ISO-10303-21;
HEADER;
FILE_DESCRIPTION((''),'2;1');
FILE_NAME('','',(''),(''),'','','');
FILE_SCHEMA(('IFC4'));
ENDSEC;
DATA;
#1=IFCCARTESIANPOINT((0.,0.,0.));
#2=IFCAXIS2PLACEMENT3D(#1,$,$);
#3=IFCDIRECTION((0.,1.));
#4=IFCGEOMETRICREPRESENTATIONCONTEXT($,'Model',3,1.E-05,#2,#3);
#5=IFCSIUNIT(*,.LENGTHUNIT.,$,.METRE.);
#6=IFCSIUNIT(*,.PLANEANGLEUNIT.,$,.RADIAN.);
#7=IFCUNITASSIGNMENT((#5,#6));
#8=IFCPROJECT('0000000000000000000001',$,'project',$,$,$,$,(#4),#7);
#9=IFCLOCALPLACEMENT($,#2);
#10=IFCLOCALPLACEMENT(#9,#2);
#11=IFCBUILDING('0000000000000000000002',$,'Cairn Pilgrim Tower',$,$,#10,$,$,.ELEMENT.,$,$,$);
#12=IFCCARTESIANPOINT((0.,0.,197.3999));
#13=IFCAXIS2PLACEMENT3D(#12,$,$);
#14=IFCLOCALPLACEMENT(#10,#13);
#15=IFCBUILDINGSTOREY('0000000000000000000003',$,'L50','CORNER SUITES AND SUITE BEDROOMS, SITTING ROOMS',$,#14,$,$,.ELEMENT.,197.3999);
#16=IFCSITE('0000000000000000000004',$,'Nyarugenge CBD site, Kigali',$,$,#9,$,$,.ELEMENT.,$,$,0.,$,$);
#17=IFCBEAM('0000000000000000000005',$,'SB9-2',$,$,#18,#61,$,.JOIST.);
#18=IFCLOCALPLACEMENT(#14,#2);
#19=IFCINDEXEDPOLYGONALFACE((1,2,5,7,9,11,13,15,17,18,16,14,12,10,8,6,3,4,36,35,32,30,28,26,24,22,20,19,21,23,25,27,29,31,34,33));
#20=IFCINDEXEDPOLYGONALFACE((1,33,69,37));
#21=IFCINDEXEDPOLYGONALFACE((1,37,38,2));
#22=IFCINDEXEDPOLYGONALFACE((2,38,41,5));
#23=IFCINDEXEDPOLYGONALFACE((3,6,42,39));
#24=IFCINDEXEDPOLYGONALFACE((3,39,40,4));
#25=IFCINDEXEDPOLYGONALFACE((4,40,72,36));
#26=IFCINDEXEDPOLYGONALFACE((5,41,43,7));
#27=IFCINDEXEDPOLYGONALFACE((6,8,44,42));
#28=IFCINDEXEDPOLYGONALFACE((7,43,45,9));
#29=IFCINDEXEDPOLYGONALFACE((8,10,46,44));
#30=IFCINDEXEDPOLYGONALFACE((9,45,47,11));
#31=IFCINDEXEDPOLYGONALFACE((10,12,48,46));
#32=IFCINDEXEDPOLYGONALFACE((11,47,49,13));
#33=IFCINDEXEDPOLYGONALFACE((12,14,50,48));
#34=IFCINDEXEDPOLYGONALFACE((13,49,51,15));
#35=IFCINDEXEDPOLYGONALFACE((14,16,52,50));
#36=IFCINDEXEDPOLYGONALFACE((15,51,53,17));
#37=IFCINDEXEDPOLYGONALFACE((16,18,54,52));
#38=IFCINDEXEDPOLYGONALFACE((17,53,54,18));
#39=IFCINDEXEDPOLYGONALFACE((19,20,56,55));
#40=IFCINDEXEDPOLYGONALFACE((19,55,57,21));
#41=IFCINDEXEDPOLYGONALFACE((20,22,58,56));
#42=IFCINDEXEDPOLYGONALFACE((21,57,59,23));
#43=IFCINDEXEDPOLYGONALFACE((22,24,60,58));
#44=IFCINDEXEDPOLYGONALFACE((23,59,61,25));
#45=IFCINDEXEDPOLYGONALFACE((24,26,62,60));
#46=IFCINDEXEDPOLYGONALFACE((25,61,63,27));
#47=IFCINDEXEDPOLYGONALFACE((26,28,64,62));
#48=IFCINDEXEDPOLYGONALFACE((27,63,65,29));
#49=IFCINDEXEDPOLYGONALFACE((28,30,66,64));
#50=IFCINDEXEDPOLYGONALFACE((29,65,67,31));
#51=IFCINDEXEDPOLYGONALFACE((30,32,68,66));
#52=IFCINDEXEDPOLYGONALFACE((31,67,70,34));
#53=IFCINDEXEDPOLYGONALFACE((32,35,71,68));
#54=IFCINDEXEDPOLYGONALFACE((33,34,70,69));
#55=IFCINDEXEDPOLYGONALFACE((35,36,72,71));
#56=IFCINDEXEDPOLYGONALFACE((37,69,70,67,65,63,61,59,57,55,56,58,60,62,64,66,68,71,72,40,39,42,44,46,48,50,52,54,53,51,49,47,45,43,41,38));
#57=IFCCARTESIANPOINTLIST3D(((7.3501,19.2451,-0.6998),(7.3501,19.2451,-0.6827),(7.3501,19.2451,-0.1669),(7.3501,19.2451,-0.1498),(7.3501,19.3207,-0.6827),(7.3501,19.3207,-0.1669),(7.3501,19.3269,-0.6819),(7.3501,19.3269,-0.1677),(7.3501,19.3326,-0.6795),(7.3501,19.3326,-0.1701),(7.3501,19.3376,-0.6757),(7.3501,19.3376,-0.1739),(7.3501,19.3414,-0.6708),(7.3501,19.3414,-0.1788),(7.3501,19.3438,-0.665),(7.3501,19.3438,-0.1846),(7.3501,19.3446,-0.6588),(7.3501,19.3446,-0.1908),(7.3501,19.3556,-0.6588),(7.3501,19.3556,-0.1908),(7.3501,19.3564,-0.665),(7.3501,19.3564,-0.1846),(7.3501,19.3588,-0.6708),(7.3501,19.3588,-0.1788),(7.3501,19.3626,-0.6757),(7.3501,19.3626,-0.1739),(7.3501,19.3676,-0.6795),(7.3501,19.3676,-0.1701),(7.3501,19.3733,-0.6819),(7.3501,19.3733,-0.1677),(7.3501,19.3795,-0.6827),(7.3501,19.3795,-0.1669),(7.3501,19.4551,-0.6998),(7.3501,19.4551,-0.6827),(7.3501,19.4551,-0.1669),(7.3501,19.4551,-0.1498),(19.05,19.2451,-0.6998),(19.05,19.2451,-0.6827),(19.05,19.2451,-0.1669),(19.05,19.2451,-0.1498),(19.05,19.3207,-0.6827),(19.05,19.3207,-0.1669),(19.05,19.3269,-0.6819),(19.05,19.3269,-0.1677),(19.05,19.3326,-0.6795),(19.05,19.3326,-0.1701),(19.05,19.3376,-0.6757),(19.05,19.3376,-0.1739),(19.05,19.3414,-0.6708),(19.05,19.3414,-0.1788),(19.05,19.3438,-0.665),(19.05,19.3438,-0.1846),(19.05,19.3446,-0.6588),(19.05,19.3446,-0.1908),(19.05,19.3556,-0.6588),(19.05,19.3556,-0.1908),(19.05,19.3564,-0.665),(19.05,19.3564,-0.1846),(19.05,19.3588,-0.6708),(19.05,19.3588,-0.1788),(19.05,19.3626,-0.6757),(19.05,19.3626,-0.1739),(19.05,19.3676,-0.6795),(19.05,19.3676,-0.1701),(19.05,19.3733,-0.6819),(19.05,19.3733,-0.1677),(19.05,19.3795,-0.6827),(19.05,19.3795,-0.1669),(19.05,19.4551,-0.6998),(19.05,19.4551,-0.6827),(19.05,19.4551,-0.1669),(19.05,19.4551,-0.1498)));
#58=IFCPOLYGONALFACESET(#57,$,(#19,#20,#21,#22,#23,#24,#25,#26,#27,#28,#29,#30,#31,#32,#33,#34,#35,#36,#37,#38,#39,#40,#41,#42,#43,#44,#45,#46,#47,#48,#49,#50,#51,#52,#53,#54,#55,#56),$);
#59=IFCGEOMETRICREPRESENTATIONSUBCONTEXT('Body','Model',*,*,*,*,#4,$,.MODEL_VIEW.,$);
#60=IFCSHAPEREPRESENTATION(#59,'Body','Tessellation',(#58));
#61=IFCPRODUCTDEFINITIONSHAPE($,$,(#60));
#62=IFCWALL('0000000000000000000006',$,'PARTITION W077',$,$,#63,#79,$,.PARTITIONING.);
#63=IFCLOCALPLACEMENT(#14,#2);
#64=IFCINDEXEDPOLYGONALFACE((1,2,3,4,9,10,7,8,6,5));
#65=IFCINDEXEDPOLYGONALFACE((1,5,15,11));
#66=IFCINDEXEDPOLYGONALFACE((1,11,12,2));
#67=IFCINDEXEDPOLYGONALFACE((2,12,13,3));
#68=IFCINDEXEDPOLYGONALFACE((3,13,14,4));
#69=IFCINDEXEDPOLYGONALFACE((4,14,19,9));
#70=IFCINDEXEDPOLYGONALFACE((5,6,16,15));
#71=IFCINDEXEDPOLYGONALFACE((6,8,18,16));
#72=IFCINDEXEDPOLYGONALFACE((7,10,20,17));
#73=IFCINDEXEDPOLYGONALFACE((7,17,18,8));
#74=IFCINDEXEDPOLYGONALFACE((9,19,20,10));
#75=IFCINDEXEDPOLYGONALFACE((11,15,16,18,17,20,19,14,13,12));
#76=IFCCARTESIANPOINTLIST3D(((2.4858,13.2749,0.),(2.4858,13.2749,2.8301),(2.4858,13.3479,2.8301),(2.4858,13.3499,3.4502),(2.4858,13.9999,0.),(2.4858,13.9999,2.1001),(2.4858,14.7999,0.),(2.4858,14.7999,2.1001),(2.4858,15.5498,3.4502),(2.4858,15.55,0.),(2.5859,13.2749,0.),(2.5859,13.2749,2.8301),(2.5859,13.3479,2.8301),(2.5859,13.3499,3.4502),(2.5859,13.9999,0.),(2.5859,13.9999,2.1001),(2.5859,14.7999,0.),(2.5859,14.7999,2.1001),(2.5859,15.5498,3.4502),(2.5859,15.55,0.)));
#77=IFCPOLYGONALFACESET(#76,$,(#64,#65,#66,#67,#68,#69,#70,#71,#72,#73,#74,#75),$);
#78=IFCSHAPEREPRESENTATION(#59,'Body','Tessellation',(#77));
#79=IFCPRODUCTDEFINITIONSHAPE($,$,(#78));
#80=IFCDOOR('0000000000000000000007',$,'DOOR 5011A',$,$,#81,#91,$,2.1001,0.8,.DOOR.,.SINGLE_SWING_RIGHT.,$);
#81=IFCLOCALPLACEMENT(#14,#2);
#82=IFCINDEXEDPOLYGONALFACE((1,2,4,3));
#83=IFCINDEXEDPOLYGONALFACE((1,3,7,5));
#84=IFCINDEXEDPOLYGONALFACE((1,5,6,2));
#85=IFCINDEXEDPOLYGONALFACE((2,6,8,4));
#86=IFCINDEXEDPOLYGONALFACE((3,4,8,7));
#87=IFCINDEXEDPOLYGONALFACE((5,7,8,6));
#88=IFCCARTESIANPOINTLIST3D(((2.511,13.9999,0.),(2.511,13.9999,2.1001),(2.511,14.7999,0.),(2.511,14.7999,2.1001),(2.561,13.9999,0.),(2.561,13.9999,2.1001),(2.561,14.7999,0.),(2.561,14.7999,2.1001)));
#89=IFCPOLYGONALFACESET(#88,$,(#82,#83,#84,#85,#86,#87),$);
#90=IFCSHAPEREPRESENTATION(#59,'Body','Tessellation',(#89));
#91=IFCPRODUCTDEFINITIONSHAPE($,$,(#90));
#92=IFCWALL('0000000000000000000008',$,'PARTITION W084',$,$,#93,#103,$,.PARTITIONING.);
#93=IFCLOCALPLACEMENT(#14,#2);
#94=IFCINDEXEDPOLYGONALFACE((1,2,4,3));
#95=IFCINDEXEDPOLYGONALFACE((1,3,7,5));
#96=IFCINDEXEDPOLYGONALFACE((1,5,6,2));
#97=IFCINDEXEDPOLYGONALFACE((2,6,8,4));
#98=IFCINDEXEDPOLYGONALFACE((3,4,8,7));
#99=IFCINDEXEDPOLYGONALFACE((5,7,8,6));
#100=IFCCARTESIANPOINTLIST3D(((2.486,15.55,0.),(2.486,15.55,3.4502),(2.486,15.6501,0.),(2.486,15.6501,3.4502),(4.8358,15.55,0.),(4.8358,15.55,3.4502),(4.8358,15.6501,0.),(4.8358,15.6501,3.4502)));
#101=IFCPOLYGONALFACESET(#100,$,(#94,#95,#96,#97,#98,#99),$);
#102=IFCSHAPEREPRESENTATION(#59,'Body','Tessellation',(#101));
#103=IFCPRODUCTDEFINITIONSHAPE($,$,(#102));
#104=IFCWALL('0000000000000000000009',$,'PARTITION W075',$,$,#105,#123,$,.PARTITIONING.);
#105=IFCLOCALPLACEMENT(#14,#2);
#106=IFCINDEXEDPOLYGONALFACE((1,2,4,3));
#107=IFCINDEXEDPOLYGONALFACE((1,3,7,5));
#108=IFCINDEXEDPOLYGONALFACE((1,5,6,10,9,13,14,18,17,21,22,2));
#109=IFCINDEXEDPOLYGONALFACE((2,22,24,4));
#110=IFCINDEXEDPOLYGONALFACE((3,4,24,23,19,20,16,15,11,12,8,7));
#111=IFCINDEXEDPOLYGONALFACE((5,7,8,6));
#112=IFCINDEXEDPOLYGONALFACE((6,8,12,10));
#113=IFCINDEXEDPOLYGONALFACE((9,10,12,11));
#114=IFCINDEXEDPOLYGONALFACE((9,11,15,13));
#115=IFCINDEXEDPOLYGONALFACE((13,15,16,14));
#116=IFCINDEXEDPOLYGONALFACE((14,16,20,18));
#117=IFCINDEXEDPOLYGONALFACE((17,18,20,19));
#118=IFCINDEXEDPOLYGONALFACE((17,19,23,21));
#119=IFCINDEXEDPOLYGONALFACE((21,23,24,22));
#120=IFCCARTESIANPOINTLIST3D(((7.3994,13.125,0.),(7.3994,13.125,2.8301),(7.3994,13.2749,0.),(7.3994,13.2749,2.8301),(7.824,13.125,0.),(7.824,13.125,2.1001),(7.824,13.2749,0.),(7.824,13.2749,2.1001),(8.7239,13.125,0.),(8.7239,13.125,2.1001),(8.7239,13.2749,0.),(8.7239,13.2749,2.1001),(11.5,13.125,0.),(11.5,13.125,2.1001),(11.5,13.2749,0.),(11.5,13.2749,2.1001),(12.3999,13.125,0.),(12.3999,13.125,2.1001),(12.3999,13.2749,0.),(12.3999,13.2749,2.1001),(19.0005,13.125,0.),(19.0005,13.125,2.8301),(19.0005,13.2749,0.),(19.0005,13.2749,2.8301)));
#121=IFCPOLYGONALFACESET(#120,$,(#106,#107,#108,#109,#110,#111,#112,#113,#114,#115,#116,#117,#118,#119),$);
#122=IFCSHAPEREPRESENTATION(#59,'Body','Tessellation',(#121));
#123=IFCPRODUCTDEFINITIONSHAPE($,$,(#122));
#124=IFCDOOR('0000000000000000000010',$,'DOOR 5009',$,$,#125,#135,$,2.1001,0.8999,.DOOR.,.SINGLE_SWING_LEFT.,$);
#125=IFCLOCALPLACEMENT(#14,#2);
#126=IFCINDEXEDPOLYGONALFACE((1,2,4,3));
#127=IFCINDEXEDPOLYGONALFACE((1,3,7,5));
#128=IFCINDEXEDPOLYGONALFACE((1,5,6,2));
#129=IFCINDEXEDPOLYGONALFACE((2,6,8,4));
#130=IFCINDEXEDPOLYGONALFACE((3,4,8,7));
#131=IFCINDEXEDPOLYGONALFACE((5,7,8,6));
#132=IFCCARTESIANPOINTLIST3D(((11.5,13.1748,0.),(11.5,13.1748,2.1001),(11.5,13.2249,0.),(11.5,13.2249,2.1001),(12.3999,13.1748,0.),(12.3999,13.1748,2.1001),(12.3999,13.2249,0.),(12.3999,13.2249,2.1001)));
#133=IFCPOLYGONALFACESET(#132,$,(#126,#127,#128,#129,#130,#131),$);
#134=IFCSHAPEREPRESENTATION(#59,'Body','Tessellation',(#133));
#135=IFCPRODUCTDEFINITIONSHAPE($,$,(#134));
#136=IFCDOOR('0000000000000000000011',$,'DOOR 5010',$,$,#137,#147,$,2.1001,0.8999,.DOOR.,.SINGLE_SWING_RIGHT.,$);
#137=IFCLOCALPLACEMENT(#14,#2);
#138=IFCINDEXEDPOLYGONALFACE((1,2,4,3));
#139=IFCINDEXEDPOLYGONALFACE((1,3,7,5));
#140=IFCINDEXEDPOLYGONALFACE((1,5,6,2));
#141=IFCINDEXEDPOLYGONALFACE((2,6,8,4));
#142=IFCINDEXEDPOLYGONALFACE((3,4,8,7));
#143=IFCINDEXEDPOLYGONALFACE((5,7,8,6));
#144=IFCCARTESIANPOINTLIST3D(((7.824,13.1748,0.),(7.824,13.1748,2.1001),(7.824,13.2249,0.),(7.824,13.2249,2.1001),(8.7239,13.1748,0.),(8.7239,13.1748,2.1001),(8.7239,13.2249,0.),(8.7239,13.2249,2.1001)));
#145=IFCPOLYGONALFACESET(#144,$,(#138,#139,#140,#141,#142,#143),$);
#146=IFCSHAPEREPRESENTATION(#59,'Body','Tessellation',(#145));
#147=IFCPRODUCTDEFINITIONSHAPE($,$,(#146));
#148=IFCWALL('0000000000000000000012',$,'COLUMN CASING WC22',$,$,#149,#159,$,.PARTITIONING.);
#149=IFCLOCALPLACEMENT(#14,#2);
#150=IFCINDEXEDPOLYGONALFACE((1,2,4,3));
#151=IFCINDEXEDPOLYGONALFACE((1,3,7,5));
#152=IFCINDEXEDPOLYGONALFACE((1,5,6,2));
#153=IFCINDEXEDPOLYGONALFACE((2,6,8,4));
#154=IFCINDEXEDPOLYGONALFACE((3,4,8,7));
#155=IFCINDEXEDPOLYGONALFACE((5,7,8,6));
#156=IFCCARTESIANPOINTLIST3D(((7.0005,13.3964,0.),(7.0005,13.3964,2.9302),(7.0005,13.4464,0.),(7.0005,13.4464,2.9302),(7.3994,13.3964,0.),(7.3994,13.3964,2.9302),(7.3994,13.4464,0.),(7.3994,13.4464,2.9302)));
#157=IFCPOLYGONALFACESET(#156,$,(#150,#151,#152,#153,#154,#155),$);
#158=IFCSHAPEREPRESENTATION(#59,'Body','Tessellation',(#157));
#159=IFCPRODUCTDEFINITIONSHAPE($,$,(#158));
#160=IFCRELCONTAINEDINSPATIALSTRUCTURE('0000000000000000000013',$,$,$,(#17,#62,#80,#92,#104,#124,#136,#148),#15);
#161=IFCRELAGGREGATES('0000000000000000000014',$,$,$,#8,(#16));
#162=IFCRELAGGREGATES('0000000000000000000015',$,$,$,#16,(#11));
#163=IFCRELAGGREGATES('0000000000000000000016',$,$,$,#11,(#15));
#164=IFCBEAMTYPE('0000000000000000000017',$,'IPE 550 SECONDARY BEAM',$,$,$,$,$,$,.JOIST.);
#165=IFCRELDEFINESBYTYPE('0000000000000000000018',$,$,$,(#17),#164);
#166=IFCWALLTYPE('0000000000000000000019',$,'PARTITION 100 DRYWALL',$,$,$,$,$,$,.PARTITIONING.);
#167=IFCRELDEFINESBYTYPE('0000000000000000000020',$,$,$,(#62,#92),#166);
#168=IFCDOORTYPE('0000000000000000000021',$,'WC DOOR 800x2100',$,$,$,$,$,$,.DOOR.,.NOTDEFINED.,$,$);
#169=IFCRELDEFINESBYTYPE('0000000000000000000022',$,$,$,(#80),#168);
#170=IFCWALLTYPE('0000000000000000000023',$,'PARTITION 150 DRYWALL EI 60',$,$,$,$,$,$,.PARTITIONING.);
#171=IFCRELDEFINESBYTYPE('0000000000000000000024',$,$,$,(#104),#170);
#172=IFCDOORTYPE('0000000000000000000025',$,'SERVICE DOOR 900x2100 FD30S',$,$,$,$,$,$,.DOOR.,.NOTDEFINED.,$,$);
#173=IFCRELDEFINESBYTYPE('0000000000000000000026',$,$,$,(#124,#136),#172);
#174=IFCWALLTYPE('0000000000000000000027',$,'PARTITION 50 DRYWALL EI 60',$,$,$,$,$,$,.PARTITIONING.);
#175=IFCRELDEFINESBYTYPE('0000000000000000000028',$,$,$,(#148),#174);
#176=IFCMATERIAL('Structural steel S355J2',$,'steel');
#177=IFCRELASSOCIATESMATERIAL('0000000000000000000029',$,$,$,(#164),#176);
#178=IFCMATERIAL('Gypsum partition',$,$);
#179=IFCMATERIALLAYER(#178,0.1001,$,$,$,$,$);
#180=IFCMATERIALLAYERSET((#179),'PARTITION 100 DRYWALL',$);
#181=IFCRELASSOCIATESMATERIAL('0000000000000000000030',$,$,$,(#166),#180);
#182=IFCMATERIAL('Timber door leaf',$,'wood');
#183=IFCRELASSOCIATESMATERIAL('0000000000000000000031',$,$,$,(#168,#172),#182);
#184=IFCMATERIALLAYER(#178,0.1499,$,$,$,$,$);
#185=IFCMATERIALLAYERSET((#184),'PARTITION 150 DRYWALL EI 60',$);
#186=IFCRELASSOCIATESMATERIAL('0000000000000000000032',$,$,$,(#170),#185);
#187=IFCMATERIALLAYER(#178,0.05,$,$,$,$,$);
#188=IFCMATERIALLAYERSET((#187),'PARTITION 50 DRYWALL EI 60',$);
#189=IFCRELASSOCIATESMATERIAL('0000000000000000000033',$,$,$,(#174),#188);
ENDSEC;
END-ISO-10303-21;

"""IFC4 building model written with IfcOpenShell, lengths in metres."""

from ifc_helpers import new_model, si_unit, direction, frame, frame_2d, origin, origin_2d, place, context, subcontext, project, spatial, polyline, rectangle, i_section, outline, extrude, material, layer, layer_set, material_profile, profile_set, type_object, element, fill, save


model = new_model("IFC4")

# Units and contexts
model_context = context("Model", 3, precision=1e-05, world=origin(), true_north=direction((0.0, 1.0)))
body_context = subcontext(model_context, "Body", "Model", "MODEL_VIEW")
ifc_project = project(units=[si_unit("LENGTHUNIT", "METRE"), si_unit("PLANEANGLEUNIT", "RADIAN")], contexts=[model_context])

# Site, building, storey
site_placement = place(None, origin())
site = spatial("IfcSite", under=ifc_project, at=site_placement, Name="Nyarugenge CBD site, Kigali", CompositionType="ELEMENT", RefElevation=0.0)
building_placement = place(site_placement, origin())
building = spatial("IfcBuilding", under=site, at=building_placement, Name="Cairn Pilgrim Tower", CompositionType="ELEMENT")
storey_placement = place(building_placement, frame((0.0, 0.0, 197.3999)))
storey = spatial("IfcBuildingStorey", under=building, at=storey_placement, Name="L50", Description="CORNER SUITES AND SUITE BEDROOMS, SITTING ROOMS", CompositionType="ELEMENT", Elevation=197.3999)

# Shared definitions
ifc_material_1 = material(Name="Structural steel S355J2", Category="steel")

# Beam
ifc_material_profile_1 = material_profile(ifc_material_1, i_section(OverallWidth=0.21, OverallDepth=0.55, WebThickness=0.011, FlangeThickness=0.0171, FilletRadius=0.0239, at=origin_2d()), Name="IPE 550")
ifc_profile_set_1 = profile_set([ifc_material_profile_1], Name="Structural steel S355J2")
beam_type_1 = type_object("IfcBeamType", Name="IPE 550 SECONDARY BEAM", PredefinedType="JOIST", material=ifc_profile_set_1)
beam_1_placement = place(storey_placement, frame((7.3501, 19.3501, -0.4248), z_axis=(1.0, 0.0, 0.0), x_axis=(0.0, 1.0, 0.0)))
element("IfcBeam", 1, at=beam_1_placement, inside=storey, type_object=beam_type_1, Name="SB9-2", PredefinedType="JOIST", context=body_context, shape_type="SweptSolid", body=[
    extrude(i_section(OverallWidth=0.21, OverallDepth=0.55, WebThickness=0.011, FlangeThickness=0.0171, FilletRadius=0.0239, at=origin_2d()), origin(), (0.0, 0.0, 1.0), 11.7),
])

# Wall, opening, door
ifc_material_2 = material(Name="Gypsum partition")
ifc_layer_1 = layer(ifc_material_2, 0.1001)
ifc_layer_set_1 = layer_set([ifc_layer_1], Name="PARTITION 100 DRYWALL")
wall_type_1 = type_object("IfcWallType", Name="PARTITION 100 DRYWALL", PredefinedType="PARTITIONING", material=ifc_layer_set_1)
wall_1_placement = place(storey_placement, frame((2.5359, 13.2749, 0.0), z_axis=(0.0, 0.0, 1.0), x_axis=(0.0, 1.0, 0.0)))
wall_1 = element("IfcWall", 2, at=wall_1_placement, inside=storey, type_object=wall_type_1, Name="PARTITION W077", PredefinedType="PARTITIONING", context=body_context, shape_type="SweptSolid", body=[
    extrude(outline(polyline([(0.0, 0.0), (2.2751, 0.0), (2.2749, 3.4502), (0.075, 3.4502), (0.073, 2.8301), (0.0, 2.8301), (0.0, 0.0)])), frame((0.0, 0.05, 0.0), z_axis=(0.0, -1.0, 0.0), x_axis=(1.0, 0.0, 0.0)), (0.0, 0.0, 1.0), 0.1001),
])
opening_1_placement = place(wall_1_placement, frame((0.7251, 0.0, 0.0)))
opening_1 = element("IfcOpeningElement", 3, at=opening_1_placement, cuts=wall_1, PredefinedType="OPENING", context=body_context, shape_type="SweptSolid", body=[
    extrude(rectangle(XDim=0.8, YDim=2.1001, at=frame_2d((0.3999, 1.05))), frame((0.0, 0.0601, 0.0), z_axis=(0.0, -1.0, 0.0), x_axis=(1.0, 0.0, 0.0)), (0.0, 0.0, 1.0), 0.1201),
])
ifc_material_3 = material(Name="Timber door leaf", Category="wood")
door_type_1 = type_object("IfcDoorType", Name="WC DOOR 800x2100", OperationType="NOTDEFINED", PredefinedType="DOOR", material=ifc_material_3)
door_1_placement = place(opening_1_placement, origin())
door_1 = element("IfcDoor", 4, at=door_1_placement, inside=storey, type_object=door_type_1, Name="DOOR 5011A", OperationType="SINGLE_SWING_RIGHT", OverallHeight=2.1001, OverallWidth=0.8, PredefinedType="DOOR", context=body_context, shape_type="SweptSolid", body=[
    extrude(rectangle(XDim=0.8, YDim=2.1001, at=frame_2d((0.3999, 1.05))), frame((0.0, 0.0249, 0.0), z_axis=(0.0, -1.0, 0.0), x_axis=(1.0, 0.0, 0.0)), (0.0, 0.0, 1.0), 0.05),
])
fill(opening_1, door_1)

# Wall
wall_2_placement = place(storey_placement, frame((2.4861, 15.6001, 0.0), z_axis=(0.0, 0.0, 1.0), x_axis=(1.0, 0.0, 0.0)))
element("IfcWall", 5, at=wall_2_placement, inside=storey, type_object=wall_type_1, Name="PARTITION W084", PredefinedType="PARTITIONING", context=body_context, shape_type="SweptSolid", body=[
    extrude(rectangle(XDim=2.3499, YDim=0.1001, at=frame_2d((1.1748, 0.0))), origin(), (0.0, 0.0, 1.0), 3.4502),
])

# Wall, openings, doors
ifc_layer_2 = layer(ifc_material_2, 0.1499)
ifc_layer_set_2 = layer_set([ifc_layer_2], Name="PARTITION 150 DRYWALL EI 60")
wall_type_2 = type_object("IfcWallType", Name="PARTITION 150 DRYWALL EI 60", PredefinedType="PARTITIONING", material=ifc_layer_set_2)
wall_3_placement = place(storey_placement, frame((7.3994, 13.2, 0.0), z_axis=(0.0, 0.0, 1.0), x_axis=(1.0, 0.0, 0.0)))
wall_3 = element("IfcWall", 6, at=wall_3_placement, inside=storey, type_object=wall_type_2, Name="PARTITION W075", PredefinedType="PARTITIONING", context=body_context, shape_type="SweptSolid", body=[
    extrude(rectangle(XDim=11.6011, YDim=0.1499, at=frame_2d((5.8005, 0.0))), origin(), (0.0, 0.0, 1.0), 2.8301),
])
opening_2_placement = place(wall_3_placement, frame((4.1006, 0.0, 0.0)))
opening_2 = element("IfcOpeningElement", 7, at=opening_2_placement, cuts=wall_3, PredefinedType="OPENING", context=body_context, shape_type="SweptSolid", body=[
    extrude(rectangle(XDim=0.8999, YDim=2.1001, at=frame_2d((0.45, 1.05))), frame((0.0, 0.085, 0.0), z_axis=(0.0, -1.0, 0.0), x_axis=(1.0, 0.0, 0.0)), (0.0, 0.0, 1.0), 0.1699),
])
opening_3_placement = place(wall_3_placement, frame((0.4246, 0.0, 0.0)))
opening_3 = element("IfcOpeningElement", 8, at=opening_3_placement, cuts=wall_3, PredefinedType="OPENING", context=body_context, shape_type="SweptSolid", body=[
    extrude(rectangle(XDim=0.8999, YDim=2.1001, at=frame_2d((0.45, 1.05))), frame((0.0, 0.085, 0.0), z_axis=(0.0, -1.0, 0.0), x_axis=(1.0, 0.0, 0.0)), (0.0, 0.0, 1.0), 0.1699),
])
door_type_2 = type_object("IfcDoorType", Name="SERVICE DOOR 900x2100 FD30S", OperationType="NOTDEFINED", PredefinedType="DOOR", material=ifc_material_3)
door_2_placement = place(opening_2_placement, origin())
door_2 = element("IfcDoor", 9, at=door_2_placement, inside=storey, type_object=door_type_2, Name="DOOR 5009", OperationType="SINGLE_SWING_LEFT", OverallHeight=2.1001, OverallWidth=0.8999, PredefinedType="DOOR", context=body_context, shape_type="SweptSolid", body=[
    extrude(rectangle(XDim=0.8999, YDim=2.1001, at=frame_2d((0.45, 1.05))), frame((0.0, 0.0249, 0.0), z_axis=(0.0, -1.0, 0.0), x_axis=(1.0, 0.0, 0.0)), (0.0, 0.0, 1.0), 0.05),
])
fill(opening_2, door_2)
door_3_placement = place(opening_3_placement, origin())
door_3 = element("IfcDoor", 10, at=door_3_placement, inside=storey, type_object=door_type_2, Name="DOOR 5010", OperationType="SINGLE_SWING_RIGHT", OverallHeight=2.1001, OverallWidth=0.8999, PredefinedType="DOOR", context=body_context, shape_type="SweptSolid", body=[
    extrude(rectangle(XDim=0.8999, YDim=2.1001, at=frame_2d((0.45, 1.05))), frame((0.0, 0.0249, 0.0), z_axis=(0.0, -1.0, 0.0), x_axis=(1.0, 0.0, 0.0)), (0.0, 0.0, 1.0), 0.05),
])
fill(opening_3, door_3)

# Wall
ifc_layer_3 = layer(ifc_material_2, 0.05)
ifc_layer_set_3 = layer_set([ifc_layer_3], Name="PARTITION 50 DRYWALL EI 60")
wall_type_3 = type_object("IfcWallType", Name="PARTITION 50 DRYWALL EI 60", PredefinedType="PARTITIONING", material=ifc_layer_set_3)
wall_4_placement = place(storey_placement, frame((7.0005, 13.4214, 0.0), z_axis=(0.0, 0.0, 1.0), x_axis=(1.0, 0.0, 0.0)))
element("IfcWall", 11, at=wall_4_placement, inside=storey, type_object=wall_type_3, Name="COLUMN CASING WC22", PredefinedType="PARTITIONING", context=body_context, shape_type="SweptSolid", body=[
    extrude(rectangle(XDim=0.3989, YDim=0.05, at=frame_2d((0.1995, 0.0))), origin(), (0.0, 0.0, 1.0), 2.9302),
])

save(model, "model.ifc")
